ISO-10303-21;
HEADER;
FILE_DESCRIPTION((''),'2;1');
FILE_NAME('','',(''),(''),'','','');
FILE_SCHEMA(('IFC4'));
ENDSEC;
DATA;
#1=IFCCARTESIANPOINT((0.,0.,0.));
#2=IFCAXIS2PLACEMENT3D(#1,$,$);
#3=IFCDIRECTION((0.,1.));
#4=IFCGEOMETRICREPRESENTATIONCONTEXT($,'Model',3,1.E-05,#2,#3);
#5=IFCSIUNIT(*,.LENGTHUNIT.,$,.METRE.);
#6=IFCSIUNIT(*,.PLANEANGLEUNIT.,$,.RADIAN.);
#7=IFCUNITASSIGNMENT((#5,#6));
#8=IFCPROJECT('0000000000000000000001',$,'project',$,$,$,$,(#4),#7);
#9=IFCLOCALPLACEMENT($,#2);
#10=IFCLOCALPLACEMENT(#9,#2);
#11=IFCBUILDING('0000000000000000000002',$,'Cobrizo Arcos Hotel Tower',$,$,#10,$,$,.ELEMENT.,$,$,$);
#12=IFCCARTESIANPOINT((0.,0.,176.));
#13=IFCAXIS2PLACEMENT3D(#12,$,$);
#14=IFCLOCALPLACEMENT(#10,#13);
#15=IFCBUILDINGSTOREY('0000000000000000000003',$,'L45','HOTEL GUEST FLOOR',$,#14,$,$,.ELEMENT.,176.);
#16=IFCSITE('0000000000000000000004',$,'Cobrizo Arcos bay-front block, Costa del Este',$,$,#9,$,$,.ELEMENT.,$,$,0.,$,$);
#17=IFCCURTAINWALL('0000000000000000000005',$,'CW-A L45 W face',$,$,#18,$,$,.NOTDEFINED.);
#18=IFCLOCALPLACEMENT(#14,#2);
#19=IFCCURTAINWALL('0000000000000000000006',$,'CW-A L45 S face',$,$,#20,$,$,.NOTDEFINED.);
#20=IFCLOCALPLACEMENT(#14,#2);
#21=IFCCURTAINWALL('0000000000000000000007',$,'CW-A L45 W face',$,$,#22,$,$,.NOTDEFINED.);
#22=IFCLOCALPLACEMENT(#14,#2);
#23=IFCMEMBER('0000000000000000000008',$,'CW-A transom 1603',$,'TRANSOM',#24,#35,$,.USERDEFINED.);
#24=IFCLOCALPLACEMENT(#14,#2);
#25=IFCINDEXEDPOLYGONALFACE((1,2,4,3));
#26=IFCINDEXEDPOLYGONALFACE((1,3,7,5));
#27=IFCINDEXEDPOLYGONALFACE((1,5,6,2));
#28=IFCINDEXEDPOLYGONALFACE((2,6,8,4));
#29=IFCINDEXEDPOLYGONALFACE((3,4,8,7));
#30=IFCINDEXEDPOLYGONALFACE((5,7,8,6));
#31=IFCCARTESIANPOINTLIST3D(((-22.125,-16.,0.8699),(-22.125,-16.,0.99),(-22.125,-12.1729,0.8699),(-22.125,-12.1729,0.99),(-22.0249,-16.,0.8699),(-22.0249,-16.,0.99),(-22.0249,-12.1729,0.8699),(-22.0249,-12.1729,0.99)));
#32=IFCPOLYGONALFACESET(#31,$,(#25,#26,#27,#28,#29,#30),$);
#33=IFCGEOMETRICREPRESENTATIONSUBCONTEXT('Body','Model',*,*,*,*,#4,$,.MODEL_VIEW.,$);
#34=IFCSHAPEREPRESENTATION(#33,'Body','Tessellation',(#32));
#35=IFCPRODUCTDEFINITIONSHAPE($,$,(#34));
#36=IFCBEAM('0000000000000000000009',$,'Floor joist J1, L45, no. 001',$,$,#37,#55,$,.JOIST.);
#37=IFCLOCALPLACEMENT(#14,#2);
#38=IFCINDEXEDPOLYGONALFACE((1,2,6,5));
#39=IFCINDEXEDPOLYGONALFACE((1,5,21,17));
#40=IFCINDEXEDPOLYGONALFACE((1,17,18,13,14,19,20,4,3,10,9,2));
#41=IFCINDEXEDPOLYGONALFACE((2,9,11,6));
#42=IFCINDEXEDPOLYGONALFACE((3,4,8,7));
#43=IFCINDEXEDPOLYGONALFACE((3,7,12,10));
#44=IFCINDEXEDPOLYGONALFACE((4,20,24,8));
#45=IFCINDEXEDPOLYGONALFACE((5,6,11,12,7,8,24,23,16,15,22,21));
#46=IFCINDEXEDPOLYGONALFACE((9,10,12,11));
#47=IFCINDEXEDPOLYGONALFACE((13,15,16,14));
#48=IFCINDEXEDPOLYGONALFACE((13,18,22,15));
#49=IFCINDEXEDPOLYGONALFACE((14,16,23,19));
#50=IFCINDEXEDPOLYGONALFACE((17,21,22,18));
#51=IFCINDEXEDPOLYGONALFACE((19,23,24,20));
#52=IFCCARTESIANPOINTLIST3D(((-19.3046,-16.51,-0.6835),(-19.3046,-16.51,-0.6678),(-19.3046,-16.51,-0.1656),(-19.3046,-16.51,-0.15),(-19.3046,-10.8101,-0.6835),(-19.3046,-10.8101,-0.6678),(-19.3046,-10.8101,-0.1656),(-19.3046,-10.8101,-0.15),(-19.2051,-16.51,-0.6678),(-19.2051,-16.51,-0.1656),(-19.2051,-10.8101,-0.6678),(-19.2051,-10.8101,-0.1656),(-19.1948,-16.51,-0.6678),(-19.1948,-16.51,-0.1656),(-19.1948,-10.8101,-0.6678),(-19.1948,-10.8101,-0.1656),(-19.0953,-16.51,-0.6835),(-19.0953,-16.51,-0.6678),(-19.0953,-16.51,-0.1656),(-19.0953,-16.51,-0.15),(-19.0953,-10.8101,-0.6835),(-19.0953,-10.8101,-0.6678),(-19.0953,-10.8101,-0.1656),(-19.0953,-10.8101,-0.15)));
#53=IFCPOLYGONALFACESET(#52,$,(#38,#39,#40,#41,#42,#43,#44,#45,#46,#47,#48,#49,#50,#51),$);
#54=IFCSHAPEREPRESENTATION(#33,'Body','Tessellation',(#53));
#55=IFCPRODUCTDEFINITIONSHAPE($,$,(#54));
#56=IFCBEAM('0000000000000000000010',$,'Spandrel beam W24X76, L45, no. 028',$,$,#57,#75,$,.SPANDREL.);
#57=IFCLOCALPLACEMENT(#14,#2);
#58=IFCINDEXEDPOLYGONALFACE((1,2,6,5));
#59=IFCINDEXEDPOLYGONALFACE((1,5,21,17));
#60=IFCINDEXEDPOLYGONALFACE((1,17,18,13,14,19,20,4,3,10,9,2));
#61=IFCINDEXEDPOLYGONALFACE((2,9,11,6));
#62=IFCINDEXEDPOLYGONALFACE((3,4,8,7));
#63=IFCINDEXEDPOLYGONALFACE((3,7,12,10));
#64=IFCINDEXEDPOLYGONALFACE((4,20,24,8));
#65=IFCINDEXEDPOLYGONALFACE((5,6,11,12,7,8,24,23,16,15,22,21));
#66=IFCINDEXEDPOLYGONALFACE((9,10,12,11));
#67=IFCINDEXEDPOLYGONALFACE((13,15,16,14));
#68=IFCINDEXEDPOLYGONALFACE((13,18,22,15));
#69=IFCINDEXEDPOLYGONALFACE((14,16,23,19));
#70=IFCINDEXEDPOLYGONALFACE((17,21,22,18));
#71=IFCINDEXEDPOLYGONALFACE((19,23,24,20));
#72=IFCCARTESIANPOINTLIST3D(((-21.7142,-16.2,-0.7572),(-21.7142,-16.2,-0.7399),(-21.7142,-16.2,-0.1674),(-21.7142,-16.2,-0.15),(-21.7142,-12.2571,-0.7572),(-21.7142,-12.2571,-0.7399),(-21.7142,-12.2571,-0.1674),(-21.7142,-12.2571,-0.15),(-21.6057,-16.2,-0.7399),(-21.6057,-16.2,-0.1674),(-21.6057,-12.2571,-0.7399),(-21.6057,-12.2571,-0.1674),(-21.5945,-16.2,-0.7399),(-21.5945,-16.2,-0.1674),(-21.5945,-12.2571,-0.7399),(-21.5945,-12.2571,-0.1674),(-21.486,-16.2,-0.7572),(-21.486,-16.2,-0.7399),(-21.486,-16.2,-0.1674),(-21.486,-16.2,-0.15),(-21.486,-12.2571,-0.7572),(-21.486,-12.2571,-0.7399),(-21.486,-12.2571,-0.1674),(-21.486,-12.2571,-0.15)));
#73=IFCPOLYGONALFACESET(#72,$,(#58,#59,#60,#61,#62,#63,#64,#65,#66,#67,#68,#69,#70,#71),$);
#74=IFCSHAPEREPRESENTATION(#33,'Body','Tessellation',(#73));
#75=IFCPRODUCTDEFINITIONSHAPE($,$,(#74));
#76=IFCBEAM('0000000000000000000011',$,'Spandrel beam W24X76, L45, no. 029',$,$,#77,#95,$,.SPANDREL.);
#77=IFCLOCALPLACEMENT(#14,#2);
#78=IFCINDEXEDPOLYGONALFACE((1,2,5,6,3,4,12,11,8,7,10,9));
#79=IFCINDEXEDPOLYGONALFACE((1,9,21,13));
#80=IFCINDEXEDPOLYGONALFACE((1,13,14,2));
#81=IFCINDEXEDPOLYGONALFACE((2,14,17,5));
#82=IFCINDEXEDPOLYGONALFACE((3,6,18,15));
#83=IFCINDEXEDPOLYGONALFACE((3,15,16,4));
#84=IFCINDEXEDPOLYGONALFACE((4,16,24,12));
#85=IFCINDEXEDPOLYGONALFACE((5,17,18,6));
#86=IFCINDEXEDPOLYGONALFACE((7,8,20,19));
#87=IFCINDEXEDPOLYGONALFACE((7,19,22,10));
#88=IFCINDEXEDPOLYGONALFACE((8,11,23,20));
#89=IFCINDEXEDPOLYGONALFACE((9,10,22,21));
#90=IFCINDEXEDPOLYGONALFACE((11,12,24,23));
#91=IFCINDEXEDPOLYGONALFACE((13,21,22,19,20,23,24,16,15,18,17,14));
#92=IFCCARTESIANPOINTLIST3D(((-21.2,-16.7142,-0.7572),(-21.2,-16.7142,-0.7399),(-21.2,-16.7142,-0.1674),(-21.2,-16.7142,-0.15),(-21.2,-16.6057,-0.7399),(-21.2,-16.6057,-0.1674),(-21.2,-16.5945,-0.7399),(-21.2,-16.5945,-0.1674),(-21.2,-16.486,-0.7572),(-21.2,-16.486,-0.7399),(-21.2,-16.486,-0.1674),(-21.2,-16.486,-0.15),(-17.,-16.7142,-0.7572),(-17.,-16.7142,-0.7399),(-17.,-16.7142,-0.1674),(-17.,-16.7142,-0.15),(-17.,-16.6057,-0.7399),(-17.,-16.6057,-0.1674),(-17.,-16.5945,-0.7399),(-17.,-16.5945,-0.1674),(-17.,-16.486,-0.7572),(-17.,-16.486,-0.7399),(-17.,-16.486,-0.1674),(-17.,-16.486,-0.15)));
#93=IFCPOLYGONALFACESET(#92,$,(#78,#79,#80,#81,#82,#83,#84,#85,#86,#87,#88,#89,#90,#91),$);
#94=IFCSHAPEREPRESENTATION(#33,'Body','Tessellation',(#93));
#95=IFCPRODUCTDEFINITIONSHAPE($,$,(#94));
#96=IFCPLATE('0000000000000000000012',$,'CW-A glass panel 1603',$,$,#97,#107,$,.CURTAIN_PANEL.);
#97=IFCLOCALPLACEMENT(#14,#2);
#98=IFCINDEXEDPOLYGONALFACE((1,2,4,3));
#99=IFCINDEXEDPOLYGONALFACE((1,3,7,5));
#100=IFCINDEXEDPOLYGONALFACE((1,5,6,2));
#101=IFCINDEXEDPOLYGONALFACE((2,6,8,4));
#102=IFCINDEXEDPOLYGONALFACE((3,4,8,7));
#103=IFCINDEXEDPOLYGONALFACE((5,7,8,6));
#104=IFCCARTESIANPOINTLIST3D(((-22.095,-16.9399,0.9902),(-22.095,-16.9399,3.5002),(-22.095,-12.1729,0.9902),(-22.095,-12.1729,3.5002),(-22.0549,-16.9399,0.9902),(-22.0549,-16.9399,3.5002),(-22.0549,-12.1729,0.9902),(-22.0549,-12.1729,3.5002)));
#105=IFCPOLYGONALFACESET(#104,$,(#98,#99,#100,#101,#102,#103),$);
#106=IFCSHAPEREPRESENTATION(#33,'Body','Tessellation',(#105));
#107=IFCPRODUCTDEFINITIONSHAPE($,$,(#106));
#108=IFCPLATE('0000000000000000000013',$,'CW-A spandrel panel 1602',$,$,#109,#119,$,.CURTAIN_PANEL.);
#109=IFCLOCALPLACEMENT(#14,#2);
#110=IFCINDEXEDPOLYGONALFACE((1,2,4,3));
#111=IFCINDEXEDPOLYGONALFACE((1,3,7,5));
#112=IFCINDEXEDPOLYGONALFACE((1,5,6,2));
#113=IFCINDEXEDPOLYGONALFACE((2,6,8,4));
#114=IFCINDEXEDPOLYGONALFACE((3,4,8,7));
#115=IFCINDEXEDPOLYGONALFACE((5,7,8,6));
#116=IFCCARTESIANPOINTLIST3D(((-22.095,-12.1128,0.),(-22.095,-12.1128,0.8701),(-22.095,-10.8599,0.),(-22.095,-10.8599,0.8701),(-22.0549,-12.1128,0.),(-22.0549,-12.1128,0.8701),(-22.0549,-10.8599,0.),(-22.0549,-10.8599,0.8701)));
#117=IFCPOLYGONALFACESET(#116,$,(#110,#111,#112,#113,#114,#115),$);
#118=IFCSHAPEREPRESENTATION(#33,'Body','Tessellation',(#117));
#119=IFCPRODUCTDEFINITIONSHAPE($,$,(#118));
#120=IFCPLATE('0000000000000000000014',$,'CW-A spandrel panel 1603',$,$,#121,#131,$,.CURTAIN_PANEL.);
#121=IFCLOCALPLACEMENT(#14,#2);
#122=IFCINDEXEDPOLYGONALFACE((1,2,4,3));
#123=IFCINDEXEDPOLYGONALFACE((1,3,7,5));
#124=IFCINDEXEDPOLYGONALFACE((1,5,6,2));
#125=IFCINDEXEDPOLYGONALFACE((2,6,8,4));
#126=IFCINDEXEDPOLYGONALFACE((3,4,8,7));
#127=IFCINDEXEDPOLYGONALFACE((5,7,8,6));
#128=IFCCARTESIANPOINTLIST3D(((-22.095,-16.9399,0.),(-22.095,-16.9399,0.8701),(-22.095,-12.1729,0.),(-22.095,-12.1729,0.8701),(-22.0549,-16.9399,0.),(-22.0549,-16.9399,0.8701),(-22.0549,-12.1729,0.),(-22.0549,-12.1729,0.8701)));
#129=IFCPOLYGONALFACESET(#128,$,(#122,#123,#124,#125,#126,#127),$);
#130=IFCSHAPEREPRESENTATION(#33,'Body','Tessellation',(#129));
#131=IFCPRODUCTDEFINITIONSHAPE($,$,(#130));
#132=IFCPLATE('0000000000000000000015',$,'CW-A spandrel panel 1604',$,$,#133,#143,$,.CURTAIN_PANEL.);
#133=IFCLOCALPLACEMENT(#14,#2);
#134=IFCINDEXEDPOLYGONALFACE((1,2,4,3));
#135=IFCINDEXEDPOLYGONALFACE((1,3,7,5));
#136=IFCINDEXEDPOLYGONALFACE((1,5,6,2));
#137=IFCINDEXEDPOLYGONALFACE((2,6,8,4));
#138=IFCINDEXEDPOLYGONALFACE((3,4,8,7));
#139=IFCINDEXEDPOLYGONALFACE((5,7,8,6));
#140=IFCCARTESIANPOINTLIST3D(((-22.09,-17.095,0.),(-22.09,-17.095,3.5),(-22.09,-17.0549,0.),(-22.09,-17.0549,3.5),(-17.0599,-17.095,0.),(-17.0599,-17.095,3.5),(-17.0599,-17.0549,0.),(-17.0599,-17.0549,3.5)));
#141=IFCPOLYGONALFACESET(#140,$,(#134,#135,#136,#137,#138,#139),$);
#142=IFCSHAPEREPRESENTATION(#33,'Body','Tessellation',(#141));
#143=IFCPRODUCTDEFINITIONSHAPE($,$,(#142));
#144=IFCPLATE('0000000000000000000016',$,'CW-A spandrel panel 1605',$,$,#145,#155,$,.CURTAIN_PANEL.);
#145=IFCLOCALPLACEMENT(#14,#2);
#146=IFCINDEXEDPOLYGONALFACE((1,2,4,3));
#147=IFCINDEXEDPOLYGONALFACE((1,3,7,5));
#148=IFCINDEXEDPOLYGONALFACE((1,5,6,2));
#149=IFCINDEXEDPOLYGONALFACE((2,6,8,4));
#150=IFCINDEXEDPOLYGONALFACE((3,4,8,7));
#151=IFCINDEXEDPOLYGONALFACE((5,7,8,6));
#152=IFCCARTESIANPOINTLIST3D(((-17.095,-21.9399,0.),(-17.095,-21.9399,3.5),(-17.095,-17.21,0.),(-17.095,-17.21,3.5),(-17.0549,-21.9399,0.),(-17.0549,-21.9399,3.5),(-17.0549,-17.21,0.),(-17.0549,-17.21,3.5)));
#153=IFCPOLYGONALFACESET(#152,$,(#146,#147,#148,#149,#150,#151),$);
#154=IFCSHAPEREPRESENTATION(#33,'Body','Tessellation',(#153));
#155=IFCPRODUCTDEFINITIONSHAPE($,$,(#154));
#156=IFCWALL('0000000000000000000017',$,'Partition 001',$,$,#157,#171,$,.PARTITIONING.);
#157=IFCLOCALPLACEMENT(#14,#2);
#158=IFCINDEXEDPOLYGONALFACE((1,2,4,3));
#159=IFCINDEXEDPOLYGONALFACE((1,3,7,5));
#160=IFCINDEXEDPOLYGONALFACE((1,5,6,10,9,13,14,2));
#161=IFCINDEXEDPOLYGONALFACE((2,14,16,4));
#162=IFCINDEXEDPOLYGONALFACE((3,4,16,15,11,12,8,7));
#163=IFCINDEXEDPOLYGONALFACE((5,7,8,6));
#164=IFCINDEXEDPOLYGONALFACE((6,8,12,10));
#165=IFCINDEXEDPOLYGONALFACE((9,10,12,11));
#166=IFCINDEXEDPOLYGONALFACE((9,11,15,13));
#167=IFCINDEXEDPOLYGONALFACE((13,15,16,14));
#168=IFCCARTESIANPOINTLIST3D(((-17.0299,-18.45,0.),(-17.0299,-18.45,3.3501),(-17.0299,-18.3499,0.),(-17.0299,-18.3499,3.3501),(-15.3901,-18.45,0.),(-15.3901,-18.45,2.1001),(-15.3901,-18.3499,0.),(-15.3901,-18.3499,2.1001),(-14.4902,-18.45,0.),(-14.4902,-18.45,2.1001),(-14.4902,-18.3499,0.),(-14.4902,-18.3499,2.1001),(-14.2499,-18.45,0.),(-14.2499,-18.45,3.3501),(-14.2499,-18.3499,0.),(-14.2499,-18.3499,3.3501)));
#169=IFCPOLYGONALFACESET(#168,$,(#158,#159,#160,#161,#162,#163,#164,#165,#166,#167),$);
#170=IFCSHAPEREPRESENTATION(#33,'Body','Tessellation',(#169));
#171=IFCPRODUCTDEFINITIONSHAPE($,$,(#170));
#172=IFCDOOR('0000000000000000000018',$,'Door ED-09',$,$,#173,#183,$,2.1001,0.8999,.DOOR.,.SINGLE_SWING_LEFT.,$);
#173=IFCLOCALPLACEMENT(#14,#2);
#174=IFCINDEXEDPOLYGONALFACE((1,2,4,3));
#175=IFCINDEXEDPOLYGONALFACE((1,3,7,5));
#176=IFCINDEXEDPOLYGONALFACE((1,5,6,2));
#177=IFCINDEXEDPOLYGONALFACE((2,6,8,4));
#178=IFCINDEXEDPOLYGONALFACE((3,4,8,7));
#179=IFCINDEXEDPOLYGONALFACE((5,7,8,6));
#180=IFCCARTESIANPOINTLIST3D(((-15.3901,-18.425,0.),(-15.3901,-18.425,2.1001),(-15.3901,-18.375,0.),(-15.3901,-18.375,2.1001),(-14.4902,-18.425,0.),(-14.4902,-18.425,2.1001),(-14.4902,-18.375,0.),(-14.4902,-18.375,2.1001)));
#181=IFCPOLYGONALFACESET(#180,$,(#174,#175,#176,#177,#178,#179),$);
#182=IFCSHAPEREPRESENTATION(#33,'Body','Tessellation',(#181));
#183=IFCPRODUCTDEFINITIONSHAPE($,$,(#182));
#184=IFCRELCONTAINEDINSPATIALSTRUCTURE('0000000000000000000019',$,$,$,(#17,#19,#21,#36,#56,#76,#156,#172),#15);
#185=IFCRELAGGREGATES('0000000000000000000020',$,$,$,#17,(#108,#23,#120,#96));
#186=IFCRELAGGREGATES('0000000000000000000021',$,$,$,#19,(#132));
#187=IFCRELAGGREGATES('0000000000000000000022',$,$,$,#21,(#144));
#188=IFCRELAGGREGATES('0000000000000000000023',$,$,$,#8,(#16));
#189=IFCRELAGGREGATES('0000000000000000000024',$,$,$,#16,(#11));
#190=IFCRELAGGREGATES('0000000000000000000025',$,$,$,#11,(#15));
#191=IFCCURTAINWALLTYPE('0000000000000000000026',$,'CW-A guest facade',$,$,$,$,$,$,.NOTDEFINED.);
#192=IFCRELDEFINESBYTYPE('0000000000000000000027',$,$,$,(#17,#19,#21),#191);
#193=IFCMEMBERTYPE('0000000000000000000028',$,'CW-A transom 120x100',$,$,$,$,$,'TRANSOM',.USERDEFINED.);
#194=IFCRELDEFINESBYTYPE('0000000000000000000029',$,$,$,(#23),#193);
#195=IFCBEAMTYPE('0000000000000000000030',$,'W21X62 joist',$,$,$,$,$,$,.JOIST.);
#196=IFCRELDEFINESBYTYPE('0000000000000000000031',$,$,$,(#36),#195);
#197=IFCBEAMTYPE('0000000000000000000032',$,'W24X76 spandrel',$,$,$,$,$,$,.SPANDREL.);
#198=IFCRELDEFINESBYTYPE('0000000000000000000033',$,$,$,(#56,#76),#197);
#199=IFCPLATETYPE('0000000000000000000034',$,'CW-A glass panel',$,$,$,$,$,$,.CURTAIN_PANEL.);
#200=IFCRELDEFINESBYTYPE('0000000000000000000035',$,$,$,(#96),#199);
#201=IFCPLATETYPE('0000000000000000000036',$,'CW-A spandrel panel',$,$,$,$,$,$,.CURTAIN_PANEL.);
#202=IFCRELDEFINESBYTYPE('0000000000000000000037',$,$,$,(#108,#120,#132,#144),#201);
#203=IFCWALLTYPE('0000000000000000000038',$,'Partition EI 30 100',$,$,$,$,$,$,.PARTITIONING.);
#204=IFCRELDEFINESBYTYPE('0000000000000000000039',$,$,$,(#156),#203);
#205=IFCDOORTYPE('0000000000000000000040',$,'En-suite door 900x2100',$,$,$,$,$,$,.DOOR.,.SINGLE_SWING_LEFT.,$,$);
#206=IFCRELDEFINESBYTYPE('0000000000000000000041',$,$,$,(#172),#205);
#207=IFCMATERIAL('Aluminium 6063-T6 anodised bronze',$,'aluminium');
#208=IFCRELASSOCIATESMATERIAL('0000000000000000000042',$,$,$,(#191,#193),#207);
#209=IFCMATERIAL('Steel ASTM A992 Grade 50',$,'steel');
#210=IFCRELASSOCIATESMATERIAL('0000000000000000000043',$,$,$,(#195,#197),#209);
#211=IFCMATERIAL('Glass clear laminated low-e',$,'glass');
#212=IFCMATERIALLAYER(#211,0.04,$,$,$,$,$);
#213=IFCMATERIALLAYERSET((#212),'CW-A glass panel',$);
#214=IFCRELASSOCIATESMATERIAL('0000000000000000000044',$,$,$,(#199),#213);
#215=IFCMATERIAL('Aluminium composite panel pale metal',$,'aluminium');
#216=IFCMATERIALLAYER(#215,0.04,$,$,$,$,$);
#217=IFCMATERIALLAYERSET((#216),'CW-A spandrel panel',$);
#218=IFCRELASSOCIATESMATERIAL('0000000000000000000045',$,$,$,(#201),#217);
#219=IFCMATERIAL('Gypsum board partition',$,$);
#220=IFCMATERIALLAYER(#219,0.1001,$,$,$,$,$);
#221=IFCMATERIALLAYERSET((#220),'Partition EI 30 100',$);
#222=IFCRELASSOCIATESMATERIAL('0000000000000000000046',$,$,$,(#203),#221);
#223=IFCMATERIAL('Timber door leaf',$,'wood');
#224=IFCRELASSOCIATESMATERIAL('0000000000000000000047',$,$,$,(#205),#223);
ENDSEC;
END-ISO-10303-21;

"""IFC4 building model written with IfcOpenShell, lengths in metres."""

from ifc_helpers import new_model, si_unit, direction, frame, frame_2d, origin, origin_2d, place, context, subcontext, project, spatial, rectangle, i_section, extrude, material, layer, layer_set, material_profile, profile_set, type_object, element, fill, aggregate, save


model = new_model("IFC4")

# Units and contexts
model_context = context("Model", 3, precision=1e-05, world=origin(), true_north=direction((0.0, 1.0)))
body_context = subcontext(model_context, "Body", "Model", "MODEL_VIEW")
ifc_project = project(units=[si_unit("LENGTHUNIT", "METRE"), si_unit("PLANEANGLEUNIT", "RADIAN")], contexts=[model_context])

# Site, building, storey
site_placement = place(None, origin())
site = spatial("IfcSite", under=ifc_project, at=site_placement, Name="Cobrizo Arcos bay-front block, Costa del Este", CompositionType="ELEMENT", RefElevation=0.0)
building_placement = place(site_placement, origin())
building = spatial("IfcBuilding", under=site, at=building_placement, Name="Cobrizo Arcos Hotel Tower", CompositionType="ELEMENT")
storey_placement = place(building_placement, frame((0.0, 0.0, 176.0)))
storey = spatial("IfcBuildingStorey", under=building, at=storey_placement, Name="L45", Description="HOTEL GUEST FLOOR", CompositionType="ELEMENT", Elevation=176.0)

# Shared definitions
ifc_material_1 = material(Name="Aluminium 6063-T6 anodised bronze", Category="aluminium")
curtain_wall_type = type_object("IfcCurtainWallType", Name="CW-A guest facade", PredefinedType="NOTDEFINED", material=ifc_material_1)

# Curtain walls
curtain_wall_1_placement = place(storey_placement, origin())
curtain_wall_1 = element("IfcCurtainWall", 1, at=curtain_wall_1_placement, inside=storey, type_object=curtain_wall_type, Name="CW-A L45 W face", PredefinedType="NOTDEFINED")
curtain_wall_2_placement = place(storey_placement, origin())
curtain_wall_2 = element("IfcCurtainWall", 2, at=curtain_wall_2_placement, inside=storey, type_object=curtain_wall_type, Name="CW-A L45 S face", PredefinedType="NOTDEFINED")
curtain_wall_3_placement = place(storey_placement, origin())
curtain_wall_3 = element("IfcCurtainWall", 3, at=curtain_wall_3_placement, inside=storey, type_object=curtain_wall_type, Name="CW-A L45 W face", PredefinedType="NOTDEFINED")

# Member
ifc_material_profile_1 = material_profile(ifc_material_1, rectangle(XDim=0.1001, YDim=0.1201, at=origin_2d()), Name="CW-A transom 120x100")
ifc_profile_set_1 = profile_set([ifc_material_profile_1], Name="Aluminium 6063-T6 anodised bronze")
member_type_1 = type_object("IfcMemberType", Name="CW-A transom 120x100", ElementType="TRANSOM", PredefinedType="USERDEFINED", material=ifc_profile_set_1)
member_1_placement = place(storey_placement, frame((-22.075, -12.1729, 0.9299), z_axis=(0.0, -1.0, 0.0), x_axis=(1.0, 0.0, 0.0)))
member_1 = element("IfcMember", 4, at=member_1_placement, type_object=member_type_1, Name="CW-A transom 1603", ObjectType="TRANSOM", PredefinedType="USERDEFINED", context=body_context, shape_type="SweptSolid", body=[
    extrude(rectangle(XDim=0.1001, YDim=0.1201, at=origin_2d()), origin(), (0.0, 0.0, 1.0), 3.8271),
])

# Beams
ifc_material_2 = material(Name="Steel ASTM A992 Grade 50", Category="steel")
ifc_material_profile_2 = material_profile(ifc_material_2, i_section(OverallWidth=0.2092, OverallDepth=0.5334, WebThickness=0.0103, FlangeThickness=0.0156, at=origin_2d()), Name="W21X62")
ifc_profile_set_2 = profile_set([ifc_material_profile_2], Name="Steel ASTM A992 Grade 50")
beam_type_1 = type_object("IfcBeamType", Name="W21X62 joist", PredefinedType="JOIST", material=ifc_profile_set_2)
beam_1_placement = place(storey_placement, frame((-19.2, -16.51, -0.4167), z_axis=(0.0, 1.0, 0.0), x_axis=(-1.0, 0.0, 0.0)))
element("IfcBeam", 5, at=beam_1_placement, inside=storey, type_object=beam_type_1, Name="Floor joist J1, L45, no. 001", PredefinedType="JOIST", context=body_context, shape_type="SweptSolid", body=[
    extrude(i_section(OverallWidth=0.2092, OverallDepth=0.5334, WebThickness=0.0103, FlangeThickness=0.0156, at=origin_2d()), origin(), (0.0, 0.0, 1.0), 5.7),
])
ifc_material_profile_3 = material_profile(ifc_material_2, i_section(OverallWidth=0.2283, OverallDepth=0.6072, WebThickness=0.0112, FlangeThickness=0.0173, at=origin_2d()), Name="W24X76")
ifc_profile_set_3 = profile_set([ifc_material_profile_3], Name="Steel ASTM A992 Grade 50")
beam_type_2 = type_object("IfcBeamType", Name="W24X76 spandrel", PredefinedType="SPANDREL", material=ifc_profile_set_3)
beam_2_placement = place(storey_placement, frame((-21.6001, -12.2571, -0.4536), z_axis=(0.0, -1.0, 0.0), x_axis=(1.0, 0.0, 0.0)))
element("IfcBeam", 6, at=beam_2_placement, inside=storey, type_object=beam_type_2, Name="Spandrel beam W24X76, L45, no. 028", PredefinedType="SPANDREL", context=body_context, shape_type="SweptSolid", body=[
    extrude(i_section(OverallWidth=0.2283, OverallDepth=0.6072, WebThickness=0.0112, FlangeThickness=0.0173, at=origin_2d()), origin(), (0.0, 0.0, 1.0), 3.9429),
])
beam_3_placement = place(storey_placement, frame((-21.2, -16.6001, -0.4536), z_axis=(1.0, 0.0, 0.0), x_axis=(0.0, 1.0, 0.0)))
element("IfcBeam", 7, at=beam_3_placement, inside=storey, type_object=beam_type_2, Name="Spandrel beam W24X76, L45, no. 029", PredefinedType="SPANDREL", context=body_context, shape_type="SweptSolid", body=[
    extrude(i_section(OverallWidth=0.2283, OverallDepth=0.6072, WebThickness=0.0112, FlangeThickness=0.0173, at=origin_2d()), origin(), (0.0, 0.0, 1.0), 4.2),
])

# Plates
ifc_material_3 = material(Name="Glass clear laminated low-e", Category="glass")
ifc_layer_1 = layer(ifc_material_3, 0.04)
ifc_layer_set_1 = layer_set([ifc_layer_1], Name="CW-A glass panel")
plate_type_1 = type_object("IfcPlateType", Name="CW-A glass panel", PredefinedType="CURTAIN_PANEL", material=ifc_layer_set_1)
plate_1_placement = place(storey_placement, frame((-22.075, -14.5564, 0.9902), z_axis=(0.0, 0.0, 1.0), x_axis=(0.0, -1.0, 0.0)))
plate_1 = element("IfcPlate", 8, at=plate_1_placement, type_object=plate_type_1, Name="CW-A glass panel 1603", PredefinedType="CURTAIN_PANEL", context=body_context, shape_type="SweptSolid", body=[
    extrude(rectangle(XDim=4.7671, YDim=0.04, at=origin_2d()), origin(), (0.0, 0.0, 1.0), 2.51),
])
ifc_material_4 = material(Name="Aluminium composite panel pale metal", Category="aluminium")
ifc_layer_2 = layer(ifc_material_4, 0.04)
ifc_layer_set_2 = layer_set([ifc_layer_2], Name="CW-A spandrel panel")
plate_type_2 = type_object("IfcPlateType", Name="CW-A spandrel panel", PredefinedType="CURTAIN_PANEL", material=ifc_layer_set_2)
plate_2_placement = place(storey_placement, frame((-22.075, -11.4863, 0.0), z_axis=(0.0, 0.0, 1.0), x_axis=(0.0, -1.0, 0.0)))
plate_2 = element("IfcPlate", 9, at=plate_2_placement, type_object=plate_type_2, Name="CW-A spandrel panel 1602", PredefinedType="CURTAIN_PANEL", context=body_context, shape_type="SweptSolid", body=[
    extrude(rectangle(XDim=1.2529, YDim=0.04, at=origin_2d()), origin(), (0.0, 0.0, 1.0), 0.8701),
])
plate_3_placement = place(storey_placement, frame((-22.075, -14.5564, 0.0), z_axis=(0.0, 0.0, 1.0), x_axis=(0.0, -1.0, 0.0)))
plate_3 = element("IfcPlate", 10, at=plate_3_placement, type_object=plate_type_2, Name="CW-A spandrel panel 1603", PredefinedType="CURTAIN_PANEL", context=body_context, shape_type="SweptSolid", body=[
    extrude(rectangle(XDim=4.7671, YDim=0.04, at=origin_2d()), origin(), (0.0, 0.0, 1.0), 0.8701),
])
aggregate(curtain_wall_1, [plate_2, member_1, plate_3, plate_1])
plate_4_placement = place(storey_placement, frame((-19.575, -17.075, 0.0), z_axis=(0.0, 0.0, 1.0), x_axis=(1.0, 0.0, 0.0)))
plate_4 = element("IfcPlate", 11, at=plate_4_placement, type_object=plate_type_2, Name="CW-A spandrel panel 1604", PredefinedType="CURTAIN_PANEL", context=body_context, shape_type="SweptSolid", body=[
    extrude(rectangle(XDim=5.03, YDim=0.04, at=origin_2d()), origin(), (0.0, 0.0, 1.0), 3.5),
])
aggregate(curtain_wall_2, [plate_4])
plate_5_placement = place(storey_placement, frame((-17.075, -19.575, 0.0), z_axis=(0.0, 0.0, 1.0), x_axis=(0.0, -1.0, 0.0)))
plate_5 = element("IfcPlate", 12, at=plate_5_placement, type_object=plate_type_2, Name="CW-A spandrel panel 1605", PredefinedType="CURTAIN_PANEL", context=body_context, shape_type="SweptSolid", body=[
    extrude(rectangle(XDim=4.73, YDim=0.04, at=origin_2d()), origin(), (0.0, 0.0, 1.0), 3.5),
])
aggregate(curtain_wall_3, [plate_5])

# Wall, opening, door
ifc_material_5 = material(Name="Gypsum board partition")
ifc_layer_3 = layer(ifc_material_5, 0.1001)
ifc_layer_set_3 = layer_set([ifc_layer_3], Name="Partition EI 30 100")
wall_type = type_object("IfcWallType", Name="Partition EI 30 100", PredefinedType="PARTITIONING", material=ifc_layer_set_3)
wall_placement = place(storey_placement, frame((-17.03, -18.3999, 0.0), z_axis=(0.0, 0.0, 1.0), x_axis=(1.0, 0.0, 0.0)))
wall = element("IfcWall", 13, at=wall_placement, inside=storey, type_object=wall_type, Name="Partition 001", PredefinedType="PARTITIONING", context=body_context, shape_type="SweptSolid", body=[
    extrude(rectangle(XDim=2.78, YDim=0.1001, at=frame_2d((1.3901, 0.0))), origin(), (0.0, 0.0, 1.0), 3.3501),
])
opening_placement = place(wall_placement, frame((1.6399, 0.0, 0.0)))
opening = element("IfcOpeningElement", 14, at=opening_placement, cuts=wall, PredefinedType="OPENING", context=body_context, shape_type="SweptSolid", body=[
    extrude(rectangle(XDim=0.8999, YDim=2.1001, at=frame_2d((0.45, 1.05))), frame((0.0, 0.062, 0.0), z_axis=(0.0, -1.0, 0.0), x_axis=(1.0, 0.0, 0.0)), (0.0, 0.0, 1.0), 0.124),
])
ifc_material_6 = material(Name="Timber door leaf", Category="wood")
door_type = type_object("IfcDoorType", Name="En-suite door 900x2100", OperationType="SINGLE_SWING_LEFT", PredefinedType="DOOR", material=ifc_material_6)
door_placement = place(opening_placement, origin())
door = element("IfcDoor", 15, at=door_placement, inside=storey, type_object=door_type, Name="Door ED-09", OperationType="SINGLE_SWING_LEFT", OverallHeight=2.1001, OverallWidth=0.8999, PredefinedType="DOOR", context=body_context, shape_type="SweptSolid", body=[
    extrude(rectangle(XDim=0.8999, YDim=2.1001, at=frame_2d((0.45, 1.05))), frame((0.0, 0.0249, 0.0), z_axis=(0.0, -1.0, 0.0), x_axis=(1.0, 0.0, 0.0)), (0.0, 0.0, 1.0), 0.05),
])
fill(opening, door)

save(model, "model.ifc")
